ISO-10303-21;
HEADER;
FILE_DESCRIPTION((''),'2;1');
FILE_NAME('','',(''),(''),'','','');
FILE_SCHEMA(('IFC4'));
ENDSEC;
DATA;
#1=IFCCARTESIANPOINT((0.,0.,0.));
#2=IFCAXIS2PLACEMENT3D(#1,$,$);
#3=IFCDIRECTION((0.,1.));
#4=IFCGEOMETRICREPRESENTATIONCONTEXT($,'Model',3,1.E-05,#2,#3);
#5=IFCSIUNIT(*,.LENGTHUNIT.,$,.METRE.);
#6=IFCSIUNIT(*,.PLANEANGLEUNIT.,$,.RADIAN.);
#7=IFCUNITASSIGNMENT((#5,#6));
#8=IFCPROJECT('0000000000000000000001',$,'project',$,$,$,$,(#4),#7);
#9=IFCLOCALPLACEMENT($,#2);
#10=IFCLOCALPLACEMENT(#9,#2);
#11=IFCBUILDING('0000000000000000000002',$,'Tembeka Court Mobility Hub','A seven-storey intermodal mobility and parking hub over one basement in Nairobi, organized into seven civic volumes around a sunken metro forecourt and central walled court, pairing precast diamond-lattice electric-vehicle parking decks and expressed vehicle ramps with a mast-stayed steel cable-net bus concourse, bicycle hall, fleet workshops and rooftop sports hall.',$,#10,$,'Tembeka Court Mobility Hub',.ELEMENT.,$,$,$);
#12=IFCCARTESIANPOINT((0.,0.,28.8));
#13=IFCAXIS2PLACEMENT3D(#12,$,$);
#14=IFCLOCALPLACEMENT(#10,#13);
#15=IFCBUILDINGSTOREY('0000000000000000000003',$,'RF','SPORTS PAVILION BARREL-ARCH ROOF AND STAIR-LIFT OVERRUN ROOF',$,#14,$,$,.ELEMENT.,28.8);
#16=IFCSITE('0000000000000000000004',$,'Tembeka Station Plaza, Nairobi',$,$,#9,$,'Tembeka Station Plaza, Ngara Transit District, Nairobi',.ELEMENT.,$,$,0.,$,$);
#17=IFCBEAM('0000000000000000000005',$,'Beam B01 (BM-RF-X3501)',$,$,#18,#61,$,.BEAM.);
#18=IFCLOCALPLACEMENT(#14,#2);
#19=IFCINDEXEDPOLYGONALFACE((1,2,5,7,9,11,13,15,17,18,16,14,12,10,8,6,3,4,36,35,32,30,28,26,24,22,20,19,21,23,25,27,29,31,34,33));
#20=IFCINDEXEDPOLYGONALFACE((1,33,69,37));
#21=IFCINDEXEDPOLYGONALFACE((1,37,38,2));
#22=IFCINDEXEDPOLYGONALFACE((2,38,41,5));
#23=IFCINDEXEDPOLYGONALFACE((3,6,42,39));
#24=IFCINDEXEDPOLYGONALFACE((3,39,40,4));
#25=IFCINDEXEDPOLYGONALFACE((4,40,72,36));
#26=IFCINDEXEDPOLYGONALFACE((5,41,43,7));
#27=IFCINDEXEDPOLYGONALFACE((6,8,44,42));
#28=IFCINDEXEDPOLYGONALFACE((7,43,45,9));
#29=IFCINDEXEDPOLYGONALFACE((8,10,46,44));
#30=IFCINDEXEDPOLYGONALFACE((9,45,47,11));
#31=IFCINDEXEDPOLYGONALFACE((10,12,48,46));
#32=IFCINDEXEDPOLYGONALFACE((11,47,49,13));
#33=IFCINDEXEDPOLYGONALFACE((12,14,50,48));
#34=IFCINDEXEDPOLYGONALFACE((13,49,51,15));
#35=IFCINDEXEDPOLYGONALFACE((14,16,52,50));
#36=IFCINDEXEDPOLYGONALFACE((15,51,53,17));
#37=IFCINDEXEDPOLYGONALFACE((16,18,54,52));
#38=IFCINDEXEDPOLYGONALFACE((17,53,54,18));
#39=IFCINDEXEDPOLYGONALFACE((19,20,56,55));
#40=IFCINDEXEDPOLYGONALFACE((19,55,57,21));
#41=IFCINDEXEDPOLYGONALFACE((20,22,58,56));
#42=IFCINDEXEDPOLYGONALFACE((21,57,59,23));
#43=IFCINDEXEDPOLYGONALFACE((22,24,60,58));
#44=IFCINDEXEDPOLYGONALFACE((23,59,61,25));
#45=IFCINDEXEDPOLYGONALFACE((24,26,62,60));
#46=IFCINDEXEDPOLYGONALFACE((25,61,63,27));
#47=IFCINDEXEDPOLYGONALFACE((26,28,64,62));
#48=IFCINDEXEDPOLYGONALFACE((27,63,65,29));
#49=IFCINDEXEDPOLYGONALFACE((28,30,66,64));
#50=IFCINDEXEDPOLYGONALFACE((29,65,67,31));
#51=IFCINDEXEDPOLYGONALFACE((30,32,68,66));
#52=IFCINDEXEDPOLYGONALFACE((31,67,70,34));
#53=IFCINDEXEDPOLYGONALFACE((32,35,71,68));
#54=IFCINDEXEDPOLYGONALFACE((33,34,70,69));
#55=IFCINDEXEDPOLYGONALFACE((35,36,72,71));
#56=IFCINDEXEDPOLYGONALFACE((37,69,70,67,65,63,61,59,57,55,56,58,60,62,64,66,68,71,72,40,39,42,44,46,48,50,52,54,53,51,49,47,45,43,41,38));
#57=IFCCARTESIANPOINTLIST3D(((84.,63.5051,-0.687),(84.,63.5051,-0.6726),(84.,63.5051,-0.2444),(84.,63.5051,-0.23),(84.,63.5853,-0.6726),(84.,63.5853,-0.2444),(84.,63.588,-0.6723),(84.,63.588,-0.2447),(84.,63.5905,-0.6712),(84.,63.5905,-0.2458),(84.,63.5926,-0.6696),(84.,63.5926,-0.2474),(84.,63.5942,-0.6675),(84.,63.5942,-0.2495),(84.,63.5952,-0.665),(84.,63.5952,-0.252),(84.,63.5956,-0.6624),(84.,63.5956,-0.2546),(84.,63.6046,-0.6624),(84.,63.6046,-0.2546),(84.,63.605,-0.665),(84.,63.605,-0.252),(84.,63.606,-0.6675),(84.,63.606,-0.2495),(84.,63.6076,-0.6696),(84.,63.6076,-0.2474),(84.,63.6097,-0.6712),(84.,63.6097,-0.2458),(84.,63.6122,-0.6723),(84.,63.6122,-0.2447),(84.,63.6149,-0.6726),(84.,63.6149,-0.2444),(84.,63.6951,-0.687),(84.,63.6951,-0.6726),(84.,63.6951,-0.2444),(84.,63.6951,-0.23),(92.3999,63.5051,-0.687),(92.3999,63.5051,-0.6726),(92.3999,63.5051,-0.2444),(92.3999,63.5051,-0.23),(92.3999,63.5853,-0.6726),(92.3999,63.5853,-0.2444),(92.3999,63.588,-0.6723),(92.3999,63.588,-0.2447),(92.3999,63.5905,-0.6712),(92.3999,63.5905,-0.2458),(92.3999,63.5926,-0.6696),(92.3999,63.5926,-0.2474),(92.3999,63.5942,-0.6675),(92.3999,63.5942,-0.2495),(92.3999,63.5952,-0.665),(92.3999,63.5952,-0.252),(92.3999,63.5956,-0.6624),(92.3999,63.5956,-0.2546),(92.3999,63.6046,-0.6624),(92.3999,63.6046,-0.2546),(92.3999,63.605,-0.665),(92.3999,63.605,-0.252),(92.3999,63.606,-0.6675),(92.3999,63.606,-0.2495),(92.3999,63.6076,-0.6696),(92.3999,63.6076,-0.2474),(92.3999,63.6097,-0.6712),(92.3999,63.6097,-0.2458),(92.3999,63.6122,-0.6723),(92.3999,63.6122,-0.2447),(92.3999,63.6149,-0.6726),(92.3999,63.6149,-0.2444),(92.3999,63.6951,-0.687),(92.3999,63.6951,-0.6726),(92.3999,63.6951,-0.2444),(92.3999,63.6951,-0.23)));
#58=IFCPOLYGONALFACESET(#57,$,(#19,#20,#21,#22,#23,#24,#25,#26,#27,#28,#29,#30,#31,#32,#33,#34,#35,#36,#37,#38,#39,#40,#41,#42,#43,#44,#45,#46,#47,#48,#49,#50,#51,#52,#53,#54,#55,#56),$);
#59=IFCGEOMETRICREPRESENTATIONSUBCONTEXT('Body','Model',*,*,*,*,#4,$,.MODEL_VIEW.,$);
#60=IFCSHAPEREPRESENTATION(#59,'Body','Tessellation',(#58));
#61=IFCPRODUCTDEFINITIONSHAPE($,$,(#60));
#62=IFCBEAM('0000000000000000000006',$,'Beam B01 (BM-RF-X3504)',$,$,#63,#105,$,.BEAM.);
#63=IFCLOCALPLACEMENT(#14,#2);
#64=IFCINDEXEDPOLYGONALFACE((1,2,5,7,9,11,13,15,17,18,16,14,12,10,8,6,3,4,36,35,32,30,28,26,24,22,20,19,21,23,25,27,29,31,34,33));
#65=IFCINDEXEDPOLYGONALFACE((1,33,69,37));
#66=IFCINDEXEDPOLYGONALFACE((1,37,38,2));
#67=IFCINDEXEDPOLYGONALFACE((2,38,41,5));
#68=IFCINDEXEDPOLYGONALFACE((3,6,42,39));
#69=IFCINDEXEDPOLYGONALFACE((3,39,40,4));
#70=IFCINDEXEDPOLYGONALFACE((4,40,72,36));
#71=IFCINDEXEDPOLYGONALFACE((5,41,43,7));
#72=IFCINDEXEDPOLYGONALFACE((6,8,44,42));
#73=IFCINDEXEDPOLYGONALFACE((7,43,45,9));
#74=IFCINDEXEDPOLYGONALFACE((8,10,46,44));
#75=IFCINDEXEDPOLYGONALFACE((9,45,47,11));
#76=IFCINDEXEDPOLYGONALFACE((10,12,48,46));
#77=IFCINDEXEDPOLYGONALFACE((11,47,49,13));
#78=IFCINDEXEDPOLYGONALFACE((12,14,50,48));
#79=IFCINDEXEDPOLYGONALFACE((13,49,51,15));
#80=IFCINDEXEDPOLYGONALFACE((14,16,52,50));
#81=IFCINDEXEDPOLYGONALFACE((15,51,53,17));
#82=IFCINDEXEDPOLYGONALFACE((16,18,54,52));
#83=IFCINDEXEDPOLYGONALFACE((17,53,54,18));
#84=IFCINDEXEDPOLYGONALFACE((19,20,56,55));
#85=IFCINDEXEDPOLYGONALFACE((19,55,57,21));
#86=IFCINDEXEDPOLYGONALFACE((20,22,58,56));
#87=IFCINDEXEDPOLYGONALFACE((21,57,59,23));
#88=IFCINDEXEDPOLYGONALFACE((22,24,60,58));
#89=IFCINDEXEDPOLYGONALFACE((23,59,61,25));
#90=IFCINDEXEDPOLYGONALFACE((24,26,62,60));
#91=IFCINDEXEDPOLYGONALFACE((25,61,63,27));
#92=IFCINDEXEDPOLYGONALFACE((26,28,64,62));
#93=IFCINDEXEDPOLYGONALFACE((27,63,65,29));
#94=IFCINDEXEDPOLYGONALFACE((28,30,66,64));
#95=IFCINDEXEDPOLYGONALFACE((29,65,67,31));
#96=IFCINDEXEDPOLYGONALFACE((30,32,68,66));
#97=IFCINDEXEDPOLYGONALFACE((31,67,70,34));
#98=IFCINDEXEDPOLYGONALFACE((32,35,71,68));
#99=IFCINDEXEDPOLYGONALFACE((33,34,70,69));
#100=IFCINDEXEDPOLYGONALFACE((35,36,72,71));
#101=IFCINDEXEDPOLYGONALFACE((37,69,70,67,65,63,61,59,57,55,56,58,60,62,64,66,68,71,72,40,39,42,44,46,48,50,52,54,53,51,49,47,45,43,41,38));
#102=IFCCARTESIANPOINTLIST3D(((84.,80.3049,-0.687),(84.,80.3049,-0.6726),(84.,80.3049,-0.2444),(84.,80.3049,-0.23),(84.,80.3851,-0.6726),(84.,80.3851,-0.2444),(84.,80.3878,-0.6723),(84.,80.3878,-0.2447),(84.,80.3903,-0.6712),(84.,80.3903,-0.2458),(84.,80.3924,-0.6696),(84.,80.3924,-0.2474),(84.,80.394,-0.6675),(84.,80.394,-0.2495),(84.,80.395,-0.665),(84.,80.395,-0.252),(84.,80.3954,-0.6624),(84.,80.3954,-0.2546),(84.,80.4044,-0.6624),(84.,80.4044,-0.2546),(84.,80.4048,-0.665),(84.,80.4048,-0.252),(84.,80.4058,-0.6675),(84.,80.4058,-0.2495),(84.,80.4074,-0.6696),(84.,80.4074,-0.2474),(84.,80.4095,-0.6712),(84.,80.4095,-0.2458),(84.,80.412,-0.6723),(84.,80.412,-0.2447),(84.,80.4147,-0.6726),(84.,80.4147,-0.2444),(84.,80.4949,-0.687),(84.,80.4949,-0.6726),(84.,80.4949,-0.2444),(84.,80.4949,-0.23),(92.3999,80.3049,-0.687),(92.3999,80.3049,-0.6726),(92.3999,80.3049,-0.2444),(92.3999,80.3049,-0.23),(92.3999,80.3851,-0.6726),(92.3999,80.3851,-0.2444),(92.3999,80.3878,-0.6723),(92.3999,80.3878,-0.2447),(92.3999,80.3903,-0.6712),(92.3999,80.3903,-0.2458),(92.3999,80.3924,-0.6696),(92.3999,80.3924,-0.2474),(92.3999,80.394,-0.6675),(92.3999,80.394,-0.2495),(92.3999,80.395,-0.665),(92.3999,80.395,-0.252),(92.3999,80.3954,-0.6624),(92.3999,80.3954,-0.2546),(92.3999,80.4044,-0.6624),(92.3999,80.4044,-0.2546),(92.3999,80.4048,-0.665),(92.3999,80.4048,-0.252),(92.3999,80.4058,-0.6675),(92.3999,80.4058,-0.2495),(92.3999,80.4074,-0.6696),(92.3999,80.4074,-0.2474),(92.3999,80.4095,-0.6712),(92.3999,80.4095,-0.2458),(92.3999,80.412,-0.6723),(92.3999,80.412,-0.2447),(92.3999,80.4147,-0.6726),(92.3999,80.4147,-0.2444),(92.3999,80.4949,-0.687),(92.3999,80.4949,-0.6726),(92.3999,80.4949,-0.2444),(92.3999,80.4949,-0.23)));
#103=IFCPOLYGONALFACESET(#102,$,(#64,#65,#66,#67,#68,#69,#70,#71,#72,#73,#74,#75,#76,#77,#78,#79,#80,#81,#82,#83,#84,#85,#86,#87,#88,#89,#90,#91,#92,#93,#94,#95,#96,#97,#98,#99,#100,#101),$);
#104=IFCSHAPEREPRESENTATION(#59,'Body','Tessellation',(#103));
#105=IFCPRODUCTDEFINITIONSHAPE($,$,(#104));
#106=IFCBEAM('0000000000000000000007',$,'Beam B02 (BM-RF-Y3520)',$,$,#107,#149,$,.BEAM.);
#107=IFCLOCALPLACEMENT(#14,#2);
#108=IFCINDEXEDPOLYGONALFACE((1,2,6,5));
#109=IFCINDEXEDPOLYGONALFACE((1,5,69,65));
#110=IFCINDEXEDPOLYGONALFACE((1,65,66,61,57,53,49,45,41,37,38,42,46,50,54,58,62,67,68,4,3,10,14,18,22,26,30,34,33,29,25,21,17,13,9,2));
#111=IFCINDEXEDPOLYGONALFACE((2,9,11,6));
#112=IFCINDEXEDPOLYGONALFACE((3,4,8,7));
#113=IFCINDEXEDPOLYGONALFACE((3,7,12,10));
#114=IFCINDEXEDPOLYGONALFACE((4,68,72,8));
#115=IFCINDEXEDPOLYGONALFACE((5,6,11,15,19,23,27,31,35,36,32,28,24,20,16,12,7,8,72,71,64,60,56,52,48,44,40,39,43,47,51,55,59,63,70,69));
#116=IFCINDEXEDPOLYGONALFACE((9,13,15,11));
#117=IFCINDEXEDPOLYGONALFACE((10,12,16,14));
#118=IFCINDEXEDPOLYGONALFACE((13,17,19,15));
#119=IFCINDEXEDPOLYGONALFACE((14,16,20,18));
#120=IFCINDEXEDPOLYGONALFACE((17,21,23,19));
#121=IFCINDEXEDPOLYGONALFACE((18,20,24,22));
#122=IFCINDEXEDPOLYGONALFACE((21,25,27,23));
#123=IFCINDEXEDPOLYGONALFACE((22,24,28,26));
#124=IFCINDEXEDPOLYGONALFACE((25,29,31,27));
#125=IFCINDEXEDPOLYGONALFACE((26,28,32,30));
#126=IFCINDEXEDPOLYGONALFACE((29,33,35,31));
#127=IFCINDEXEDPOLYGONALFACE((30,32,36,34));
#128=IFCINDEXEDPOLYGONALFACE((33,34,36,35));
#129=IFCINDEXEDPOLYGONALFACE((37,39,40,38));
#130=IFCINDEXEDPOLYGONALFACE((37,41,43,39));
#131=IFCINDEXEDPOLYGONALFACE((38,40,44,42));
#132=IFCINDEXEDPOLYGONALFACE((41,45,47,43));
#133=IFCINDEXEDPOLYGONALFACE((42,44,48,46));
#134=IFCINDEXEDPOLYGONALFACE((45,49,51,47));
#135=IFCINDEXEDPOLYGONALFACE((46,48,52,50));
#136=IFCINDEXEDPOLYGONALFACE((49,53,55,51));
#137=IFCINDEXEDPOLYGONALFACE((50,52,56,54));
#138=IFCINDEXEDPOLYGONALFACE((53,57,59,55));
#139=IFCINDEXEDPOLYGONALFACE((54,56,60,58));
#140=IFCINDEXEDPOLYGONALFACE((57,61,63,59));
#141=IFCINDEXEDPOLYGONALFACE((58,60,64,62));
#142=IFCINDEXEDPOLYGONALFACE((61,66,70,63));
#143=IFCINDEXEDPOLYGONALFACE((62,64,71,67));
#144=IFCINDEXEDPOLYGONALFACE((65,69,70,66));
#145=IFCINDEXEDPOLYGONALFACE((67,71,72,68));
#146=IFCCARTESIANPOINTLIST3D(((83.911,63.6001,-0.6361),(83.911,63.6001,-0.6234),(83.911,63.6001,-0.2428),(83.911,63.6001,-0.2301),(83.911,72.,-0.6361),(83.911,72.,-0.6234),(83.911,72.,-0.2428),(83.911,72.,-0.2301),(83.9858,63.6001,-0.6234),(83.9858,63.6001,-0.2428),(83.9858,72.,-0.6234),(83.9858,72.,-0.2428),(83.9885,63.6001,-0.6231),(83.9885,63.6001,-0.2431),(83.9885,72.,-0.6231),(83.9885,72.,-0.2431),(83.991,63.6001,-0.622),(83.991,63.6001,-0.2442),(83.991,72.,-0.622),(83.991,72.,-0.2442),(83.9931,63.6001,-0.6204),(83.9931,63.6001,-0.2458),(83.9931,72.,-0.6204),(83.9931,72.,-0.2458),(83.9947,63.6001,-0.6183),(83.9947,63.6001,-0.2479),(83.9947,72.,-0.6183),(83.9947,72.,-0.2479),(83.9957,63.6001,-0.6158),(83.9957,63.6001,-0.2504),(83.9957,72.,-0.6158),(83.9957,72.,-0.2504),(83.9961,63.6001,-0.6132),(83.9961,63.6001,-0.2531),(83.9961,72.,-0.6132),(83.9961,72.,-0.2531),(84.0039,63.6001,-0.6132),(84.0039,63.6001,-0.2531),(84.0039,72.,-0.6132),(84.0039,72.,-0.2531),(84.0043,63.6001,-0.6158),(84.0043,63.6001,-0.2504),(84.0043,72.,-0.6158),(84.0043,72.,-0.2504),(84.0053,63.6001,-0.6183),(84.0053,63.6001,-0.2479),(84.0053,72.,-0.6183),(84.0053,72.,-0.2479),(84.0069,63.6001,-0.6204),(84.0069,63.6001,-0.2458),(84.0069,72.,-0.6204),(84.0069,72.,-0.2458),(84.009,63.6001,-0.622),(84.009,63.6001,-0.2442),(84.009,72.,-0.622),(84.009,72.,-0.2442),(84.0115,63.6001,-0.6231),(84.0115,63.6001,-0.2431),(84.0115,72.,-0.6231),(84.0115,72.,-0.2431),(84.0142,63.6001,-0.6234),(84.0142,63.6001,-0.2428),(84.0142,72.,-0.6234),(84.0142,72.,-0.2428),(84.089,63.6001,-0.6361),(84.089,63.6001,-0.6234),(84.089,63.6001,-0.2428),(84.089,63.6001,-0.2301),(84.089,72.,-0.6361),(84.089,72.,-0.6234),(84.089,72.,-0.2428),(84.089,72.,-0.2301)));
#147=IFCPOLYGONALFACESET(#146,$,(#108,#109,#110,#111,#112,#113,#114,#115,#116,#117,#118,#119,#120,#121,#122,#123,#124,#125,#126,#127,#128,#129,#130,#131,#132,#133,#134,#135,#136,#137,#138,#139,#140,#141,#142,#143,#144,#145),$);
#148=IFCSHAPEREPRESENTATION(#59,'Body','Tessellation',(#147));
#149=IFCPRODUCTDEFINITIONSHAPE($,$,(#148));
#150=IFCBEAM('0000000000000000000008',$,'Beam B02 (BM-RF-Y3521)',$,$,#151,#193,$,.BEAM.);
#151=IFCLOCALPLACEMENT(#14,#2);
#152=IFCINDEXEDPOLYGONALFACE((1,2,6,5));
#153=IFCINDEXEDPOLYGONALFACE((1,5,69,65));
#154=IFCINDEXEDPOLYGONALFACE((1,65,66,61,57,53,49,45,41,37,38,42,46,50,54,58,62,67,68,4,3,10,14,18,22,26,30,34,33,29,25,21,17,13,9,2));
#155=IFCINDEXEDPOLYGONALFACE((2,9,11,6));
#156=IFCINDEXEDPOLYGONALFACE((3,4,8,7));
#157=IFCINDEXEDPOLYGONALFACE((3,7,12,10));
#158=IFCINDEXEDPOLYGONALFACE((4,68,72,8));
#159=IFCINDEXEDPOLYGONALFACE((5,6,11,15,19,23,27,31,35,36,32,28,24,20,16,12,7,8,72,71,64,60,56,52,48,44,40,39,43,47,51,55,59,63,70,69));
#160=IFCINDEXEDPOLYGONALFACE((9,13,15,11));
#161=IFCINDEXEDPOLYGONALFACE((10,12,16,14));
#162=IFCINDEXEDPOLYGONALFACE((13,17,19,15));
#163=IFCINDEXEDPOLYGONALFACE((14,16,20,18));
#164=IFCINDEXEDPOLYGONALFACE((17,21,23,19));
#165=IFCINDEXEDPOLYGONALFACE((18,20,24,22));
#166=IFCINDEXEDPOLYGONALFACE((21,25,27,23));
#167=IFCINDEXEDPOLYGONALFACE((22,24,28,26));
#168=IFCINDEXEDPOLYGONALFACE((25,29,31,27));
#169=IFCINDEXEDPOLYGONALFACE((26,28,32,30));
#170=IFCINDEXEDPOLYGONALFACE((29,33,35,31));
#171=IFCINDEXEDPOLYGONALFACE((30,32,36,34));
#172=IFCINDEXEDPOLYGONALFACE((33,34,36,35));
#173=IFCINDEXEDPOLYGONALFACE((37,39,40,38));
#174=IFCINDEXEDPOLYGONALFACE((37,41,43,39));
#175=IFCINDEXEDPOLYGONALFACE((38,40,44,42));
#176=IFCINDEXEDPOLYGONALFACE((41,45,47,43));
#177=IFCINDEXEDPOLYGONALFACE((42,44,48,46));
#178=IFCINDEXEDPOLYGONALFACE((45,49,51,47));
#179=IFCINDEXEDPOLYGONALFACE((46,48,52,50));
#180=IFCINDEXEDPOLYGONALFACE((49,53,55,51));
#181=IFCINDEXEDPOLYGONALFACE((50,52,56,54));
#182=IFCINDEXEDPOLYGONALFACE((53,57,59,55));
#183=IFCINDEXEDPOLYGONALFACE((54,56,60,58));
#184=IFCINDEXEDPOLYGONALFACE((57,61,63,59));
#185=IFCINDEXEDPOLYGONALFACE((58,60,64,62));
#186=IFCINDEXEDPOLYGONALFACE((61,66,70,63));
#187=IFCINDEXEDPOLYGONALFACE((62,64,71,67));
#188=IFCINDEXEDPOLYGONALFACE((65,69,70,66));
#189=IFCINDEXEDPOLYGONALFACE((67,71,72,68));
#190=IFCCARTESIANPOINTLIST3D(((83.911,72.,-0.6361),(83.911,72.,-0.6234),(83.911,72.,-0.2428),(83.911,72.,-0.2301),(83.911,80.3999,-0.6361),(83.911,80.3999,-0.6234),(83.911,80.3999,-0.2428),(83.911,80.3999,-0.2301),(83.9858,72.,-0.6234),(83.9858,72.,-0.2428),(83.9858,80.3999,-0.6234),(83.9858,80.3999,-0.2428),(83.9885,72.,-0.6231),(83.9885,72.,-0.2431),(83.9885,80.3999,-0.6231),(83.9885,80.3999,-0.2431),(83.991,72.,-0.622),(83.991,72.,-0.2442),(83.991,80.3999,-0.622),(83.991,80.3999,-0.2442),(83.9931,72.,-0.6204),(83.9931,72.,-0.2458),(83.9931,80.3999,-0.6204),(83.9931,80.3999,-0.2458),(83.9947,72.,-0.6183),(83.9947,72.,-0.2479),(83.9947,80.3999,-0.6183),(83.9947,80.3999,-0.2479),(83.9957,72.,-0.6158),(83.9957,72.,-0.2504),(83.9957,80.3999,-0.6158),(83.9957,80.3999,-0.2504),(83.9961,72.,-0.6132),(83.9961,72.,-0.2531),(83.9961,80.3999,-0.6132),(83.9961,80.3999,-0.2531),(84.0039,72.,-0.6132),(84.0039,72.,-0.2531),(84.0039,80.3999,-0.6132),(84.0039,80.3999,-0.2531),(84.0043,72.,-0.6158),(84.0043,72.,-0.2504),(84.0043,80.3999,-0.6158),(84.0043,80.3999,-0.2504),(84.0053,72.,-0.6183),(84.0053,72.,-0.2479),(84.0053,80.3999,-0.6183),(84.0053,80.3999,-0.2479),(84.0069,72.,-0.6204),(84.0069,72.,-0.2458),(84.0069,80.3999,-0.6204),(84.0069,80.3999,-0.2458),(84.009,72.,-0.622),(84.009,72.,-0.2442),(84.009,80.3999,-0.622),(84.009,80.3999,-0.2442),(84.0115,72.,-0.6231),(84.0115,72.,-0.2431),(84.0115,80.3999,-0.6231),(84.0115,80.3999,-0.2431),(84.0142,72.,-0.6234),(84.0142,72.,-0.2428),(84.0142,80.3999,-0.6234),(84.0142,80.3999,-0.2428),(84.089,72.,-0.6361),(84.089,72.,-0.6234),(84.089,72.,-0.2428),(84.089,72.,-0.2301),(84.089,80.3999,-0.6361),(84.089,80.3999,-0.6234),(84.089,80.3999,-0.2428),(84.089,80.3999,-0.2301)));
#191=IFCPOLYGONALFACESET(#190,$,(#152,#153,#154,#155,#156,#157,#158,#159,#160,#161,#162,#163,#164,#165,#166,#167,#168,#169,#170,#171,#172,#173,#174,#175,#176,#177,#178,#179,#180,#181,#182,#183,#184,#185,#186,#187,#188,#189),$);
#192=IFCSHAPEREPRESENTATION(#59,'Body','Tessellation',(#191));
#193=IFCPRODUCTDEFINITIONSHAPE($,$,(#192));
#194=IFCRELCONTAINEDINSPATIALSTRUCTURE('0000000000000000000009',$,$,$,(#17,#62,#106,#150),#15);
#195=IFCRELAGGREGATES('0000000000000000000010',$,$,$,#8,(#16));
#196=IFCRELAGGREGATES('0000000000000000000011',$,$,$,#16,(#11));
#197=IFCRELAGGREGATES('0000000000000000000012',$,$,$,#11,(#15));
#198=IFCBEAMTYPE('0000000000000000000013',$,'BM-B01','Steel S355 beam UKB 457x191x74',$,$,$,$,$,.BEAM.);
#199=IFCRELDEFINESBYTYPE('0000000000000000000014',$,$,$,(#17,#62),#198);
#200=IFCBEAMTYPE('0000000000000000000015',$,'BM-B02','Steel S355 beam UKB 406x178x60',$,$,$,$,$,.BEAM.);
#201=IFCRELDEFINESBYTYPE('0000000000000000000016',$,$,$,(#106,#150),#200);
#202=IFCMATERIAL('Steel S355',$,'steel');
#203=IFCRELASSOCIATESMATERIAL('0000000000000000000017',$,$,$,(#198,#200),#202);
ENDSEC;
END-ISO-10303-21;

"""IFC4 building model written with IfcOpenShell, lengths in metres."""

from ifc_helpers import new_model, si_unit, direction, frame, origin, origin_2d, place, context, subcontext, project, spatial, i_section, extrude, material, material_profile, profile_set, type_object, element, save


model = new_model("IFC4")

# Units and contexts
model_context = context("Model", 3, precision=1e-05, world=origin(), true_north=direction((0.0, 1.0)))
body_context = subcontext(model_context, "Body", "Model", "MODEL_VIEW")
ifc_project = project(units=[si_unit("LENGTHUNIT", "METRE"), si_unit("PLANEANGLEUNIT", "RADIAN")], contexts=[model_context])

# Site, building, storey
site_placement = place(None, origin())
site = spatial("IfcSite", under=ifc_project, at=site_placement, Name="Tembeka Station Plaza, Nairobi", LongName="Tembeka Station Plaza, Ngara Transit District, Nairobi", CompositionType="ELEMENT", RefElevation=0.0)
building_placement = place(site_placement, origin())
building = spatial("IfcBuilding", under=site, at=building_placement, Name="Tembeka Court Mobility Hub", Description="A seven-storey intermodal mobility and parking hub over one basement in Nairobi, organized into seven civic volumes around a sunken metro forecourt and central walled court, pairing precast diamond-lattice electric-vehicle parking decks and expressed vehicle ramps with a mast-stayed steel cable-net bus concourse, bicycle hall, fleet workshops and rooftop sports hall.", LongName="Tembeka Court Mobility Hub", CompositionType="ELEMENT")
storey_placement = place(building_placement, frame((0.0, 0.0, 28.8)))
storey = spatial("IfcBuildingStorey", under=building, at=storey_placement, Name="RF", Description="SPORTS PAVILION BARREL-ARCH ROOF AND STAIR-LIFT OVERRUN ROOF", CompositionType="ELEMENT", Elevation=28.8)

# Beams
ifc_material_1 = material(Name="Steel S355", Category="steel")
ifc_material_profile_1 = material_profile(ifc_material_1, i_section(OverallWidth=0.1899, OverallDepth=0.457, WebThickness=0.009, FlangeThickness=0.0144, FilletRadius=0.0103, at=origin_2d()), Name="UKB 457x191x74")
ifc_profile_set_1 = profile_set([ifc_material_profile_1], Name="Steel S355")
beam_type_1 = type_object("IfcBeamType", Name="BM-B01", Description="Steel S355 beam UKB 457x191x74", PredefinedType="BEAM", material=ifc_profile_set_1)
for number, where, z_axis, x_axis, name in (
    (1, (84.0, 63.6001, -0.4585), (1.0, 0.0, 0.0), (0.0, 1.0, 0.0), "Beam B01 (BM-RF-X3501)"),
    (2, (84.0, 80.3999, -0.4585), (1.0, 0.0, 0.0), (0.0, 1.0, 0.0), "Beam B01 (BM-RF-X3504)"),
):
    element("IfcBeam", number, at=place(storey_placement, frame(where, z_axis=z_axis, x_axis=x_axis)), inside=storey, type_object=beam_type_1, Name=name, PredefinedType="BEAM", context=body_context, shape_type="SweptSolid", body=[
        extrude(i_section(OverallWidth=0.1899, OverallDepth=0.457, WebThickness=0.009, FlangeThickness=0.0144, FilletRadius=0.0103, at=origin_2d()), origin(), (0.0, 0.0, 1.0), 8.3999),
    ])
ifc_material_profile_2 = material_profile(ifc_material_1, i_section(OverallWidth=0.178, OverallDepth=0.406, WebThickness=0.0078, FlangeThickness=0.0127, FilletRadius=0.0103, at=origin_2d()), Name="UKB 406x178x60")
ifc_profile_set_2 = profile_set([ifc_material_profile_2], Name="Steel S355")
beam_type_2 = type_object("IfcBeamType", Name="BM-B02", Description="Steel S355 beam UKB 406x178x60", PredefinedType="BEAM", material=ifc_profile_set_2)
for number, where, z_axis, x_axis, name in (
    (3, (84.0, 63.6001, -0.4331), (0.0, 1.0, 0.0), (-1.0, 0.0, 0.0), "Beam B02 (BM-RF-Y3520)"),
    (4, (84.0, 72.0, -0.4331), (0.0, 1.0, 0.0), (-1.0, 0.0, 0.0), "Beam B02 (BM-RF-Y3521)"),
):
    element("IfcBeam", number, at=place(storey_placement, frame(where, z_axis=z_axis, x_axis=x_axis)), inside=storey, type_object=beam_type_2, Name=name, PredefinedType="BEAM", context=body_context, shape_type="SweptSolid", body=[
        extrude(i_section(OverallWidth=0.178, OverallDepth=0.406, WebThickness=0.0078, FlangeThickness=0.0127, FilletRadius=0.0103, at=origin_2d()), origin(), (0.0, 0.0, 1.0), 8.3999),
    ])

save(model, "model.ifc")
